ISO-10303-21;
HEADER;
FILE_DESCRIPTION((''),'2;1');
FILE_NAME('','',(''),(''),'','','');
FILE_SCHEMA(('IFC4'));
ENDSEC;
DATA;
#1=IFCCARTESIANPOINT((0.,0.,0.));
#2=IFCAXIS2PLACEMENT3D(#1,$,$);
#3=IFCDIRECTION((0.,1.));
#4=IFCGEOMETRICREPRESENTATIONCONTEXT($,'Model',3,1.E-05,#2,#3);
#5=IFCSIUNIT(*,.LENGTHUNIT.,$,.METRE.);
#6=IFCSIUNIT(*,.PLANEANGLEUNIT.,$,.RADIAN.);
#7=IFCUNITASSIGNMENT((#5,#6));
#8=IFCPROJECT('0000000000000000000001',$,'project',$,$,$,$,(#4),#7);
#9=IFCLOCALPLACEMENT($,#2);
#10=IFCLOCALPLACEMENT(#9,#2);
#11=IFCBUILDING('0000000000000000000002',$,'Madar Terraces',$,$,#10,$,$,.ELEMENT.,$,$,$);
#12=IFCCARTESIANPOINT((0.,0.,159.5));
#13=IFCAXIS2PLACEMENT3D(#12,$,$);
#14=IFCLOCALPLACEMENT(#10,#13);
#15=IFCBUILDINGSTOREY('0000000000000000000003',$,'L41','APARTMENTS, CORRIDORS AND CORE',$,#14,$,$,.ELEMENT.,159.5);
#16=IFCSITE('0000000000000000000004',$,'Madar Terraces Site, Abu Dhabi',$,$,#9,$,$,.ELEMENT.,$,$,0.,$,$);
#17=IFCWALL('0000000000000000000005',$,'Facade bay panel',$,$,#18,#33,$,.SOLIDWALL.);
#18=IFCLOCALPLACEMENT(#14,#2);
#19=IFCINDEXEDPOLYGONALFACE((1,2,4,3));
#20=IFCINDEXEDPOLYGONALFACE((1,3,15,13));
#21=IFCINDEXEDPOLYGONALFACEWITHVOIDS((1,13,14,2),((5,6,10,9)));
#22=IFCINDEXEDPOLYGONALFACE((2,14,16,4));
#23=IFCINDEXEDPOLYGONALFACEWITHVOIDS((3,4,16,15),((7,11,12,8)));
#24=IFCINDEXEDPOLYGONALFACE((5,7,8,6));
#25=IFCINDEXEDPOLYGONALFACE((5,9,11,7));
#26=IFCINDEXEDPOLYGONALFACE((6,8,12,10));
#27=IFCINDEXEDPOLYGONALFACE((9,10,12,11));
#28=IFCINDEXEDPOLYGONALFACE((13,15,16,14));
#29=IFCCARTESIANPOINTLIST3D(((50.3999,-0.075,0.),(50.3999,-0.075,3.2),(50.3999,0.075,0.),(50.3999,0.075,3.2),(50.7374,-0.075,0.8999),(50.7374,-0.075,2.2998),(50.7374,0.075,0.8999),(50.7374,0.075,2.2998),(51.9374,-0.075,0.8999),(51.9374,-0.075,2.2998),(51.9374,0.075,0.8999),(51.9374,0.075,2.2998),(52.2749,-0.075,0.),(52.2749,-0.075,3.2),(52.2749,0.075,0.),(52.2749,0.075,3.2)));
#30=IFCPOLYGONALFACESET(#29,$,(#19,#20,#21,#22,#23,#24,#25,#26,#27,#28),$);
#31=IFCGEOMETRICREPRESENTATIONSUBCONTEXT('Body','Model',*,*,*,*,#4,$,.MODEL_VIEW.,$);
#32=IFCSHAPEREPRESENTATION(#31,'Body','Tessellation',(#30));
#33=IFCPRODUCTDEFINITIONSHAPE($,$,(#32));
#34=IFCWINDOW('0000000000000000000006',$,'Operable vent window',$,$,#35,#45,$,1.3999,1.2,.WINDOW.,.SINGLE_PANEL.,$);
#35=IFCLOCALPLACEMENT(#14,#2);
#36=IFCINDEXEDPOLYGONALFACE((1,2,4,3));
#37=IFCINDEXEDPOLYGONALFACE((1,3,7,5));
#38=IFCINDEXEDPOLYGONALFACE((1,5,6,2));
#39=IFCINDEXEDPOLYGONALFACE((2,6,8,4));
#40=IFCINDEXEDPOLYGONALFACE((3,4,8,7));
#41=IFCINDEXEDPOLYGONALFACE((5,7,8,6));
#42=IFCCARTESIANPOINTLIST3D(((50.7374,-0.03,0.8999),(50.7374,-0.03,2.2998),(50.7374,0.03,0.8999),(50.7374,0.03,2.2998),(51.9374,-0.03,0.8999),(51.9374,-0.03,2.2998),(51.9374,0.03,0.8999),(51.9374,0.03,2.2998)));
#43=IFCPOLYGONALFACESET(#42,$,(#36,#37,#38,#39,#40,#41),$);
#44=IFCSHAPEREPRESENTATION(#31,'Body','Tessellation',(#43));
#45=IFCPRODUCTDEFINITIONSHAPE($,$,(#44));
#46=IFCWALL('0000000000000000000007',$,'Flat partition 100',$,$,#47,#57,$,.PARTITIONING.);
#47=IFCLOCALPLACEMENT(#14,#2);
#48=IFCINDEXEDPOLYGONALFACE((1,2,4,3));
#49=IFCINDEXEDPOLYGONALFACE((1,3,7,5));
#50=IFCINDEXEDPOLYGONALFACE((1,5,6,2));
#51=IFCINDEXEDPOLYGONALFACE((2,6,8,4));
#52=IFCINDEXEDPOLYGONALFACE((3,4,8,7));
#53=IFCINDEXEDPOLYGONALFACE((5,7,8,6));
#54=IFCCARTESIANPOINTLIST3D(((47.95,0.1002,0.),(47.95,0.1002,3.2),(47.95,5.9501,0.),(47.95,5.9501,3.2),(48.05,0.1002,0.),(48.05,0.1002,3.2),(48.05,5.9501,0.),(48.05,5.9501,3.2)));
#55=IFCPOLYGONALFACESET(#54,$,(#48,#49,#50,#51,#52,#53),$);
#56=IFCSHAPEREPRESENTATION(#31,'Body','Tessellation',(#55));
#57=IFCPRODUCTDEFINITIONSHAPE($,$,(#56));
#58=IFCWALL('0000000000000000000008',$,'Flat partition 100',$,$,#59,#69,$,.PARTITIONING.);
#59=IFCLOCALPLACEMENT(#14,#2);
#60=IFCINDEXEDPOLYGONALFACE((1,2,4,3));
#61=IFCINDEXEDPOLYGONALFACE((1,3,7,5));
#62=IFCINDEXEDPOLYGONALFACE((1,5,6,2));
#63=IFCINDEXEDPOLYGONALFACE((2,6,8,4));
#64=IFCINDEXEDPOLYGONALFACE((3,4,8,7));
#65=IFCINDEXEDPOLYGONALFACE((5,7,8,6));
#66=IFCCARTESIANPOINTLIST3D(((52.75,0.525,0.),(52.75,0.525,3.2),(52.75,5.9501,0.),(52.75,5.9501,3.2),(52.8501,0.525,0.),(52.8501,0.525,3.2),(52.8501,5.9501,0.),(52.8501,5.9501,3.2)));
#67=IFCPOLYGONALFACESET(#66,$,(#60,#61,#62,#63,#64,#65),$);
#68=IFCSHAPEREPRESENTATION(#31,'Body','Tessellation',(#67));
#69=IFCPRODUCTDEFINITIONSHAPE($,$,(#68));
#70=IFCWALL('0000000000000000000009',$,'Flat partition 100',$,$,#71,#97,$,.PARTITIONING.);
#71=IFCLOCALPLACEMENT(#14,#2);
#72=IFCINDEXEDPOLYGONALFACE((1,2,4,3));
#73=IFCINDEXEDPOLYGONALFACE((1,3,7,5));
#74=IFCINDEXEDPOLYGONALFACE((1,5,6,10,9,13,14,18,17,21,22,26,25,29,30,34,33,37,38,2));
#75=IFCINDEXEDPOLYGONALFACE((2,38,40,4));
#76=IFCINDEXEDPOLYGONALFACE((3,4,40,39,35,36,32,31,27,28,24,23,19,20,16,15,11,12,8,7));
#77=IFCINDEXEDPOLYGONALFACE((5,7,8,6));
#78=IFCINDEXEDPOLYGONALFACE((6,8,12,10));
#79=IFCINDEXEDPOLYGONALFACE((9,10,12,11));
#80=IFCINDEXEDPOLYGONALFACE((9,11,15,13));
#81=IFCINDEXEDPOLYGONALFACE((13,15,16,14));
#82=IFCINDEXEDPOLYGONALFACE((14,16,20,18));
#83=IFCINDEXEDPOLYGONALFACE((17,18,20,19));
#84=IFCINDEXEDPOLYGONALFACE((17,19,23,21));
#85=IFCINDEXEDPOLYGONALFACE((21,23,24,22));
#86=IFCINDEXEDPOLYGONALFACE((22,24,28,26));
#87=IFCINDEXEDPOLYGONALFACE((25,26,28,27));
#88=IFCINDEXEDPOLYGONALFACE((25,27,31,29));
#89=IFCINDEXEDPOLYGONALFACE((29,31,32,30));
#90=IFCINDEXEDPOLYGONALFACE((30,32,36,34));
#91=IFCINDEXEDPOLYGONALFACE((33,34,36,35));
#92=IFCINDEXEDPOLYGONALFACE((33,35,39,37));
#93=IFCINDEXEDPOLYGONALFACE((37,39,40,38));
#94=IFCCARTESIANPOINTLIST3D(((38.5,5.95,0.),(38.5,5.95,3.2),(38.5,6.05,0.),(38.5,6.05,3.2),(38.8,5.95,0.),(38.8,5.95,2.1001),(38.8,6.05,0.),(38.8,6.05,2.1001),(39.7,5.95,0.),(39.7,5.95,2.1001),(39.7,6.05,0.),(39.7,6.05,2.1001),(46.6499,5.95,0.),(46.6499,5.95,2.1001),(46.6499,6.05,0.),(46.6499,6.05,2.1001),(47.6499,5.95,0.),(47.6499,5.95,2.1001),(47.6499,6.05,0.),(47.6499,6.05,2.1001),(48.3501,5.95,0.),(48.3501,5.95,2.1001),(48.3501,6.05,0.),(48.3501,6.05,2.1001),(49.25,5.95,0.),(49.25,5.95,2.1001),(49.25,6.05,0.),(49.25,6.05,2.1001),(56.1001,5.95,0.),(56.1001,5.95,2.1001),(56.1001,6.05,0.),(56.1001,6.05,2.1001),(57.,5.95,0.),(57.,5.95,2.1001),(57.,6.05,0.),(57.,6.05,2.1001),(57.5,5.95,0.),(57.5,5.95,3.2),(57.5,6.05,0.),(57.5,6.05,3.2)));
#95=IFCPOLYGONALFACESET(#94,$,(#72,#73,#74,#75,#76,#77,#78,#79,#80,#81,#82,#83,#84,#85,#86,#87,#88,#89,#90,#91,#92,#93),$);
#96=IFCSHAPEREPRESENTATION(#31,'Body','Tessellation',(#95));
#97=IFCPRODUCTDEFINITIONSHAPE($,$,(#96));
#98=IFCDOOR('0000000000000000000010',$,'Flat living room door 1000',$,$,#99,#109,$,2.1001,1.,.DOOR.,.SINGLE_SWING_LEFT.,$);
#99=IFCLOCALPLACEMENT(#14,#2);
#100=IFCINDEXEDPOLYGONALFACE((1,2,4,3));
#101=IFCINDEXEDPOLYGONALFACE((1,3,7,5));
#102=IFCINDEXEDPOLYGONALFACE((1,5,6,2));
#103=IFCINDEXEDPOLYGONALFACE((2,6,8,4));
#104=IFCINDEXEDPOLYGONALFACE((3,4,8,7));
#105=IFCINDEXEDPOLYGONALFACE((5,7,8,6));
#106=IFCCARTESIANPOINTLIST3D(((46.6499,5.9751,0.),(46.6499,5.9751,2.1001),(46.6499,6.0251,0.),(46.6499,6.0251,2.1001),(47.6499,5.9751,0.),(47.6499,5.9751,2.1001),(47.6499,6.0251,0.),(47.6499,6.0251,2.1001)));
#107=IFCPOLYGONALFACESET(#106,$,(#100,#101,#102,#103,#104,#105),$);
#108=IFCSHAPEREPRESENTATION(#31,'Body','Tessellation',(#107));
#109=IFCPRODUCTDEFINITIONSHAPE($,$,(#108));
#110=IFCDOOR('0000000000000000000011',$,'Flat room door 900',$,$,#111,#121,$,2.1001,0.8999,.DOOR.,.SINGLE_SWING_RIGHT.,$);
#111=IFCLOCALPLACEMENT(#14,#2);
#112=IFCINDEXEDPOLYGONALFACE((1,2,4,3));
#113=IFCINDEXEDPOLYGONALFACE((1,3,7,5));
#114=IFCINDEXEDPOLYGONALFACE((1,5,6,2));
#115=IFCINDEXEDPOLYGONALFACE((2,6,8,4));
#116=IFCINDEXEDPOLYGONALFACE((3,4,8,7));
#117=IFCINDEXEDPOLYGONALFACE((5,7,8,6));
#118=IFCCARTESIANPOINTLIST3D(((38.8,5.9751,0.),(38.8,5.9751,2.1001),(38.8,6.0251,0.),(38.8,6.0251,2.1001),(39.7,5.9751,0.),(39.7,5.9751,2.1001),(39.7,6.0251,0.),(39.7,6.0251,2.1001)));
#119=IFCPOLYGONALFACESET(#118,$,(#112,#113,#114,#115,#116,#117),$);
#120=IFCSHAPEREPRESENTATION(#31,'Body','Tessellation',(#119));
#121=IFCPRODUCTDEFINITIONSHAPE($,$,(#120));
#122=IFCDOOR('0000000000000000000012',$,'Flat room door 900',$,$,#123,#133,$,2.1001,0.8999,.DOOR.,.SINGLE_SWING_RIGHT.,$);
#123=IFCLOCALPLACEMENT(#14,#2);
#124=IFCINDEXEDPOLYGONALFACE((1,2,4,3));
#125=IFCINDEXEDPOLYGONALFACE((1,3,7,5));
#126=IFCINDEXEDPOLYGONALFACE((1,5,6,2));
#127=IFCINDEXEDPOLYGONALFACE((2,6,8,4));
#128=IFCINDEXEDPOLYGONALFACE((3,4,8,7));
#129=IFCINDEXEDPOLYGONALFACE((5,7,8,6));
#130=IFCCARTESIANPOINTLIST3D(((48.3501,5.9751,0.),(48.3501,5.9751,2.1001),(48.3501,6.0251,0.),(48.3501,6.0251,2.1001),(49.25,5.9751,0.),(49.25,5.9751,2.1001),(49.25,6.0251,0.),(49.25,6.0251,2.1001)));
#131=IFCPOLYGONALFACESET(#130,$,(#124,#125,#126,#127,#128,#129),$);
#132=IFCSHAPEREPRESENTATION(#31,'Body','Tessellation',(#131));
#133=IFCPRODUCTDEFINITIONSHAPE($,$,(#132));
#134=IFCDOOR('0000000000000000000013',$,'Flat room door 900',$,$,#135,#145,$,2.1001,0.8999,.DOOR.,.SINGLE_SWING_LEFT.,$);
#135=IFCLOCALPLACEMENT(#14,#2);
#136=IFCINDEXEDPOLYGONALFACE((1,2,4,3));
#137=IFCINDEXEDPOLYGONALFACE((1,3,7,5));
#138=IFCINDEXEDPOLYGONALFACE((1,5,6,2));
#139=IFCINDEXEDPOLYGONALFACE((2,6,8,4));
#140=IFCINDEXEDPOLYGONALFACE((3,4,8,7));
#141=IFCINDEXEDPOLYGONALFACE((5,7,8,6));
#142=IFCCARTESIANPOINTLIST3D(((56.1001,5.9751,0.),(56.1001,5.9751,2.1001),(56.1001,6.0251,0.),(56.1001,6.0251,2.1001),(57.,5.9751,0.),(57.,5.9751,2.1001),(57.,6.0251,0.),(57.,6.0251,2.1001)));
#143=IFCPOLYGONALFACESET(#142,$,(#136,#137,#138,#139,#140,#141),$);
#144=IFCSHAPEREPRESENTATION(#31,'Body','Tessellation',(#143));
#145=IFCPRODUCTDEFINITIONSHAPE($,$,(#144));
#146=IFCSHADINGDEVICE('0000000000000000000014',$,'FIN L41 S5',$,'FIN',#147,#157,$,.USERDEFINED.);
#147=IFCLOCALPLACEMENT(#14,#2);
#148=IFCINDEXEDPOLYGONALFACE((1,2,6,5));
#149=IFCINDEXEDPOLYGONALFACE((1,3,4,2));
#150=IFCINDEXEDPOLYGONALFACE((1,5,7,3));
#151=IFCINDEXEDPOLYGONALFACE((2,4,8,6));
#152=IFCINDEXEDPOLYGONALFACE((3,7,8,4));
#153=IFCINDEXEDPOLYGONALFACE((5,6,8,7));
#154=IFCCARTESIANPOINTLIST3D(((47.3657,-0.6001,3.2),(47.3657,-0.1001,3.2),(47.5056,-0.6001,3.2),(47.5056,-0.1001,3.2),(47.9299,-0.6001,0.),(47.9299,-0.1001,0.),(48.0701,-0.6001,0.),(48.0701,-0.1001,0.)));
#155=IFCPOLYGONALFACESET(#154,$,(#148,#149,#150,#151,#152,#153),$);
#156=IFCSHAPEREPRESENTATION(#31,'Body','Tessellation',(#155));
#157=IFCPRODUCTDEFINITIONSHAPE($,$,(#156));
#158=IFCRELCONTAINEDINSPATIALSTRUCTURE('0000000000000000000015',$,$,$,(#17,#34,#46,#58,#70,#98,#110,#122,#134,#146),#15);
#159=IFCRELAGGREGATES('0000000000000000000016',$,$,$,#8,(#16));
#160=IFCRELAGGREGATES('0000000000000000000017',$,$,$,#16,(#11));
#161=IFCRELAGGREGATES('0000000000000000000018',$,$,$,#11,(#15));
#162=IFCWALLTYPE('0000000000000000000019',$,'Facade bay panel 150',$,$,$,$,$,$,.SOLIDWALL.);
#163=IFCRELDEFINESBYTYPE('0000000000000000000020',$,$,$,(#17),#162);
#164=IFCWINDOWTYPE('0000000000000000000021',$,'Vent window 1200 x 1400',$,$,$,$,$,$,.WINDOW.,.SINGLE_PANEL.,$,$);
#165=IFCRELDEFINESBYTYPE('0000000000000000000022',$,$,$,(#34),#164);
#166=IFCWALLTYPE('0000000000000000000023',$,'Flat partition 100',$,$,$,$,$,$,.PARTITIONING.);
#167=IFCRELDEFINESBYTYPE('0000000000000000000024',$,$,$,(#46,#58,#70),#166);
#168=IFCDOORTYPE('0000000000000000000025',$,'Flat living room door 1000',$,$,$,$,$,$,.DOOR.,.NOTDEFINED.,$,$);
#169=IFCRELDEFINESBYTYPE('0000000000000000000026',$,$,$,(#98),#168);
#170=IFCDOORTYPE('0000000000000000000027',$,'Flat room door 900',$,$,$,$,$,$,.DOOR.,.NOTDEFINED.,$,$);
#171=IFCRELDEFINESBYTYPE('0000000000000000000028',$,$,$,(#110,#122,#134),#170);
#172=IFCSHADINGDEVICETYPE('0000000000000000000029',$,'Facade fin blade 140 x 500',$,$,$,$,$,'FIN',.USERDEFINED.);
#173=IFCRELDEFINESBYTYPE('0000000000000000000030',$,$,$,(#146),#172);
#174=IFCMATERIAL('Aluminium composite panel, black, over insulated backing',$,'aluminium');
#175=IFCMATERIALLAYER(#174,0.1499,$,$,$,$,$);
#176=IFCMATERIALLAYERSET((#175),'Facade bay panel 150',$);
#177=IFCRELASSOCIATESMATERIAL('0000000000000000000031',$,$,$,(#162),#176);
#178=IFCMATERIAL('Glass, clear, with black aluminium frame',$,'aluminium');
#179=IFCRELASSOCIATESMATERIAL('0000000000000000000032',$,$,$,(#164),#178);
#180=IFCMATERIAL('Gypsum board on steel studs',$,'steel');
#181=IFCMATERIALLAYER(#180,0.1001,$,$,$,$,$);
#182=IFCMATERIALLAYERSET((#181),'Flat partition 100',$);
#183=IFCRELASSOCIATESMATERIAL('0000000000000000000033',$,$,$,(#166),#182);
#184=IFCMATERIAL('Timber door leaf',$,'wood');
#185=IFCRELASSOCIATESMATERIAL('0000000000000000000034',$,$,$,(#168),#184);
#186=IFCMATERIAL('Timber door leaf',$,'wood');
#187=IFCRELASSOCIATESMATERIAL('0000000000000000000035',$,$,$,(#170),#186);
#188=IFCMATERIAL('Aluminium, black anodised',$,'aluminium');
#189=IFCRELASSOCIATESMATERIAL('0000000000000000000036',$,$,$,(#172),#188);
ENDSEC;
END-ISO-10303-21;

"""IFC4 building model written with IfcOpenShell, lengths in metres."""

from ifc_helpers import new_model, si_unit, direction, frame, frame_2d, origin, place, context, subcontext, project, spatial, polyline, rectangle, outline, extrude, material, layer, layer_set, type_object, element, fill, save


model = new_model("IFC4")

# Units and contexts
model_context = context("Model", 3, precision=1e-05, world=origin(), true_north=direction((0.0, 1.0)))
body_context = subcontext(model_context, "Body", "Model", "MODEL_VIEW")
ifc_project = project(units=[si_unit("LENGTHUNIT", "METRE"), si_unit("PLANEANGLEUNIT", "RADIAN")], contexts=[model_context])

# Site, building, storey
site_placement = place(None, origin())
site = spatial("IfcSite", under=ifc_project, at=site_placement, Name="Madar Terraces Site, Abu Dhabi", CompositionType="ELEMENT", RefElevation=0.0)
building_placement = place(site_placement, origin())
building = spatial("IfcBuilding", under=site, at=building_placement, Name="Madar Terraces", CompositionType="ELEMENT")
storey_placement = place(building_placement, frame((0.0, 0.0, 159.5)))
storey = spatial("IfcBuildingStorey", under=building, at=storey_placement, Name="L41", Description="APARTMENTS, CORRIDORS AND CORE", CompositionType="ELEMENT", Elevation=159.5)

# Wall, opening, window
ifc_material_1 = material(Name="Aluminium composite panel, black, over insulated backing", Category="aluminium")
ifc_layer_1 = layer(ifc_material_1, 0.1499)
ifc_layer_set_1 = layer_set([ifc_layer_1], Name="Facade bay panel 150")
wall_type_1 = type_object("IfcWallType", Name="Facade bay panel 150", PredefinedType="SOLIDWALL", material=ifc_layer_set_1)
wall_1_placement = place(storey_placement, frame((50.3999, 0.0, 0.0), z_axis=(0.0, 0.0, 1.0), x_axis=(1.0, 0.0, 0.0)))
wall_1 = element("IfcWall", 1, at=wall_1_placement, inside=storey, type_object=wall_type_1, Name="Facade bay panel", PredefinedType="SOLIDWALL", context=body_context, shape_type="SweptSolid", body=[
    extrude(rectangle(XDim=1.875, YDim=0.1499, at=frame_2d((0.9375, 0.0))), origin(), (0.0, 0.0, 1.0), 3.2),
])
opening_1_placement = place(wall_1_placement, frame((0.3374, 0.0, 0.8999)))
opening_1 = element("IfcOpeningElement", 2, at=opening_1_placement, cuts=wall_1, PredefinedType="OPENING", context=body_context, shape_type="SweptSolid", body=[
    extrude(rectangle(XDim=1.2, YDim=1.3999, at=frame_2d((0.6001, 0.7))), frame((0.0, 0.085, 0.0), z_axis=(0.0, -1.0, 0.0), x_axis=(1.0, 0.0, 0.0)), (0.0, 0.0, 1.0), 0.1699),
])
ifc_material_2 = material(Name="Glass, clear, with black aluminium frame", Category="aluminium")
window_type = type_object("IfcWindowType", Name="Vent window 1200 x 1400", PartitioningType="SINGLE_PANEL", PredefinedType="WINDOW", material=ifc_material_2)
window_placement = place(opening_1_placement, origin())
window = element("IfcWindow", 3, at=window_placement, inside=storey, type_object=window_type, Name="Operable vent window", OverallHeight=1.3999, OverallWidth=1.2, PartitioningType="SINGLE_PANEL", PredefinedType="WINDOW", context=body_context, shape_type="SweptSolid", body=[
    extrude(rectangle(XDim=1.2, YDim=1.3999, at=frame_2d((0.6001, 0.7))), frame((0.0, 0.03, 0.0), z_axis=(0.0, -1.0, 0.0), x_axis=(1.0, 0.0, 0.0)), (0.0, 0.0, 1.0), 0.0601),
])
fill(opening_1, window)

# Walls
ifc_material_3 = material(Name="Gypsum board on steel studs", Category="steel")
ifc_layer_2 = layer(ifc_material_3, 0.1001)
ifc_layer_set_2 = layer_set([ifc_layer_2], Name="Flat partition 100")
wall_type_2 = type_object("IfcWallType", Name="Flat partition 100", PredefinedType="PARTITIONING", material=ifc_layer_set_2)
wall_2_placement = place(storey_placement, frame((48.0, 5.95, 0.0), z_axis=(0.0, 0.0, 1.0), x_axis=(0.0, -1.0, 0.0)))
element("IfcWall", 4, at=wall_2_placement, inside=storey, type_object=wall_type_2, Name="Flat partition 100", PredefinedType="PARTITIONING", context=body_context, shape_type="SweptSolid", body=[
    extrude(rectangle(XDim=5.8499, YDim=0.1001, at=frame_2d((2.9248, 0.0))), origin(), (0.0, 0.0, 1.0), 3.2),
])
wall_3_placement = place(storey_placement, frame((52.8, 5.95, 0.0), z_axis=(0.0, 0.0, 1.0), x_axis=(0.0, -1.0, 0.0)))
element("IfcWall", 5, at=wall_3_placement, inside=storey, type_object=wall_type_2, Name="Flat partition 100", PredefinedType="PARTITIONING", context=body_context, shape_type="SweptSolid", body=[
    extrude(rectangle(XDim=5.425, YDim=0.1001, at=frame_2d((2.7124, 0.0))), origin(), (0.0, 0.0, 1.0), 3.2),
])

# Wall, openings, doors
wall_4_placement = place(storey_placement, frame((57.5, 6.0, 0.0), z_axis=(0.0, 0.0, 1.0), x_axis=(-1.0, 0.0, 0.0)))
wall_4 = element("IfcWall", 6, at=wall_4_placement, inside=storey, type_object=wall_type_2, Name="Flat partition 100", PredefinedType="PARTITIONING", context=body_context, shape_type="SweptSolid", body=[
    extrude(rectangle(XDim=19.0, YDim=0.1001, at=frame_2d((9.5, 0.0))), origin(), (0.0, 0.0, 1.0), 3.2),
])
opening_2_placement = place(wall_4_placement, frame((17.8, 0.0, 0.0)))
opening_2 = element("IfcOpeningElement", 7, at=opening_2_placement, cuts=wall_4, PredefinedType="OPENING", context=body_context, shape_type="SweptSolid", body=[
    extrude(rectangle(XDim=0.8999, YDim=2.1001, at=frame_2d((0.45, 1.05))), frame((0.0, 0.0601, 0.0), z_axis=(0.0, -1.0, 0.0), x_axis=(1.0, 0.0, 0.0)), (0.0, 0.0, 1.0), 0.1201),
])
opening_3_placement = place(wall_4_placement, frame((9.8501, 0.0, 0.0)))
opening_3 = element("IfcOpeningElement", 8, at=opening_3_placement, cuts=wall_4, PredefinedType="OPENING", context=body_context, shape_type="SweptSolid", body=[
    extrude(rectangle(XDim=1.0, YDim=2.1001, at=frame_2d((0.5, 1.05))), frame((0.0, 0.0601, 0.0), z_axis=(0.0, -1.0, 0.0), x_axis=(1.0, 0.0, 0.0)), (0.0, 0.0, 1.0), 0.1201),
])
opening_4_placement = place(wall_4_placement, frame((8.25, 0.0, 0.0)))
opening_4 = element("IfcOpeningElement", 9, at=opening_4_placement, cuts=wall_4, PredefinedType="OPENING", context=body_context, shape_type="SweptSolid", body=[
    extrude(rectangle(XDim=0.8999, YDim=2.1001, at=frame_2d((0.45, 1.05))), frame((0.0, 0.0601, 0.0), z_axis=(0.0, -1.0, 0.0), x_axis=(1.0, 0.0, 0.0)), (0.0, 0.0, 1.0), 0.1201),
])
opening_5_placement = place(wall_4_placement, frame((0.5, 0.0, 0.0)))
opening_5 = element("IfcOpeningElement", 10, at=opening_5_placement, cuts=wall_4, PredefinedType="OPENING", context=body_context, shape_type="SweptSolid", body=[
    extrude(rectangle(XDim=0.8999, YDim=2.1001, at=frame_2d((0.45, 1.05))), frame((0.0, 0.0601, 0.0), z_axis=(0.0, -1.0, 0.0), x_axis=(1.0, 0.0, 0.0)), (0.0, 0.0, 1.0), 0.1201),
])
ifc_material_4 = material(Name="Timber door leaf", Category="wood")
door_type_1 = type_object("IfcDoorType", Name="Flat living room door 1000", OperationType="NOTDEFINED", PredefinedType="DOOR", material=ifc_material_4)
door_1_placement = place(opening_3_placement, origin())
door_1 = element("IfcDoor", 11, at=door_1_placement, inside=storey, type_object=door_type_1, Name="Flat living room door 1000", OperationType="SINGLE_SWING_LEFT", OverallHeight=2.1001, OverallWidth=1.0, PredefinedType="DOOR", context=body_context, shape_type="SweptSolid", body=[
    extrude(rectangle(XDim=1.0, YDim=2.1001, at=frame_2d((0.5, 1.05))), frame((0.0, 0.0249, 0.0), z_axis=(0.0, -1.0, 0.0), x_axis=(1.0, 0.0, 0.0)), (0.0, 0.0, 1.0), 0.05),
])
fill(opening_3, door_1)
ifc_material_5 = material(Name="Timber door leaf", Category="wood")
door_type_2 = type_object("IfcDoorType", Name="Flat room door 900", OperationType="NOTDEFINED", PredefinedType="DOOR", material=ifc_material_5)
door_2_placement = place(opening_2_placement, origin())
door_2 = element("IfcDoor", 12, at=door_2_placement, inside=storey, type_object=door_type_2, Name="Flat room door 900", OperationType="SINGLE_SWING_RIGHT", OverallHeight=2.1001, OverallWidth=0.8999, PredefinedType="DOOR", context=body_context, shape_type="SweptSolid", body=[
    extrude(rectangle(XDim=0.8999, YDim=2.1001, at=frame_2d((0.45, 1.05))), frame((0.0, 0.0249, 0.0), z_axis=(0.0, -1.0, 0.0), x_axis=(1.0, 0.0, 0.0)), (0.0, 0.0, 1.0), 0.05),
])
fill(opening_2, door_2)
door_3_placement = place(opening_4_placement, origin())
door_3 = element("IfcDoor", 13, at=door_3_placement, inside=storey, type_object=door_type_2, Name="Flat room door 900", OperationType="SINGLE_SWING_RIGHT", OverallHeight=2.1001, OverallWidth=0.8999, PredefinedType="DOOR", context=body_context, shape_type="SweptSolid", body=[
    extrude(rectangle(XDim=0.8999, YDim=2.1001, at=frame_2d((0.45, 1.05))), frame((0.0, 0.0249, 0.0), z_axis=(0.0, -1.0, 0.0), x_axis=(1.0, 0.0, 0.0)), (0.0, 0.0, 1.0), 0.05),
])
fill(opening_4, door_3)
door_4_placement = place(opening_5_placement, origin())
door_4 = element("IfcDoor", 14, at=door_4_placement, inside=storey, type_object=door_type_2, Name="Flat room door 900", OperationType="SINGLE_SWING_LEFT", OverallHeight=2.1001, OverallWidth=0.8999, PredefinedType="DOOR", context=body_context, shape_type="SweptSolid", body=[
    extrude(rectangle(XDim=0.8999, YDim=2.1001, at=frame_2d((0.45, 1.05))), frame((0.0, 0.0249, 0.0), z_axis=(0.0, -1.0, 0.0), x_axis=(1.0, 0.0, 0.0)), (0.0, 0.0, 1.0), 0.05),
])
fill(opening_5, door_4)

# Shading device
ifc_material_6 = material(Name="Aluminium, black anodised", Category="aluminium")
shading_device_type = type_object("IfcShadingDeviceType", Name="Facade fin blade 140 x 500", ElementType="FIN", PredefinedType="USERDEFINED", material=ifc_material_6)
shading_device_1_placement = place(storey_placement, frame((47.9299, -0.3501, 0.0), z_axis=(0.0, 0.0, 1.0), x_axis=(1.0, 0.0, 0.0)))
element("IfcShadingDevice", 15, at=shading_device_1_placement, inside=storey, type_object=shading_device_type, Name="FIN L41 S5", ObjectType="FIN", PredefinedType="USERDEFINED", context=body_context, shape_type="SweptSolid", body=[
    extrude(outline(polyline([(0.0, 0.0), (0.1401, 0.0), (-0.4243, 3.2), (-0.5642, 3.2), (0.0, 0.0)])), frame((0.0, 0.25, 0.0), z_axis=(0.0, -1.0, 0.0), x_axis=(1.0, 0.0, 0.0)), (0.0, 0.0, 1.0), 0.5),
])

save(model, "model.ifc")
